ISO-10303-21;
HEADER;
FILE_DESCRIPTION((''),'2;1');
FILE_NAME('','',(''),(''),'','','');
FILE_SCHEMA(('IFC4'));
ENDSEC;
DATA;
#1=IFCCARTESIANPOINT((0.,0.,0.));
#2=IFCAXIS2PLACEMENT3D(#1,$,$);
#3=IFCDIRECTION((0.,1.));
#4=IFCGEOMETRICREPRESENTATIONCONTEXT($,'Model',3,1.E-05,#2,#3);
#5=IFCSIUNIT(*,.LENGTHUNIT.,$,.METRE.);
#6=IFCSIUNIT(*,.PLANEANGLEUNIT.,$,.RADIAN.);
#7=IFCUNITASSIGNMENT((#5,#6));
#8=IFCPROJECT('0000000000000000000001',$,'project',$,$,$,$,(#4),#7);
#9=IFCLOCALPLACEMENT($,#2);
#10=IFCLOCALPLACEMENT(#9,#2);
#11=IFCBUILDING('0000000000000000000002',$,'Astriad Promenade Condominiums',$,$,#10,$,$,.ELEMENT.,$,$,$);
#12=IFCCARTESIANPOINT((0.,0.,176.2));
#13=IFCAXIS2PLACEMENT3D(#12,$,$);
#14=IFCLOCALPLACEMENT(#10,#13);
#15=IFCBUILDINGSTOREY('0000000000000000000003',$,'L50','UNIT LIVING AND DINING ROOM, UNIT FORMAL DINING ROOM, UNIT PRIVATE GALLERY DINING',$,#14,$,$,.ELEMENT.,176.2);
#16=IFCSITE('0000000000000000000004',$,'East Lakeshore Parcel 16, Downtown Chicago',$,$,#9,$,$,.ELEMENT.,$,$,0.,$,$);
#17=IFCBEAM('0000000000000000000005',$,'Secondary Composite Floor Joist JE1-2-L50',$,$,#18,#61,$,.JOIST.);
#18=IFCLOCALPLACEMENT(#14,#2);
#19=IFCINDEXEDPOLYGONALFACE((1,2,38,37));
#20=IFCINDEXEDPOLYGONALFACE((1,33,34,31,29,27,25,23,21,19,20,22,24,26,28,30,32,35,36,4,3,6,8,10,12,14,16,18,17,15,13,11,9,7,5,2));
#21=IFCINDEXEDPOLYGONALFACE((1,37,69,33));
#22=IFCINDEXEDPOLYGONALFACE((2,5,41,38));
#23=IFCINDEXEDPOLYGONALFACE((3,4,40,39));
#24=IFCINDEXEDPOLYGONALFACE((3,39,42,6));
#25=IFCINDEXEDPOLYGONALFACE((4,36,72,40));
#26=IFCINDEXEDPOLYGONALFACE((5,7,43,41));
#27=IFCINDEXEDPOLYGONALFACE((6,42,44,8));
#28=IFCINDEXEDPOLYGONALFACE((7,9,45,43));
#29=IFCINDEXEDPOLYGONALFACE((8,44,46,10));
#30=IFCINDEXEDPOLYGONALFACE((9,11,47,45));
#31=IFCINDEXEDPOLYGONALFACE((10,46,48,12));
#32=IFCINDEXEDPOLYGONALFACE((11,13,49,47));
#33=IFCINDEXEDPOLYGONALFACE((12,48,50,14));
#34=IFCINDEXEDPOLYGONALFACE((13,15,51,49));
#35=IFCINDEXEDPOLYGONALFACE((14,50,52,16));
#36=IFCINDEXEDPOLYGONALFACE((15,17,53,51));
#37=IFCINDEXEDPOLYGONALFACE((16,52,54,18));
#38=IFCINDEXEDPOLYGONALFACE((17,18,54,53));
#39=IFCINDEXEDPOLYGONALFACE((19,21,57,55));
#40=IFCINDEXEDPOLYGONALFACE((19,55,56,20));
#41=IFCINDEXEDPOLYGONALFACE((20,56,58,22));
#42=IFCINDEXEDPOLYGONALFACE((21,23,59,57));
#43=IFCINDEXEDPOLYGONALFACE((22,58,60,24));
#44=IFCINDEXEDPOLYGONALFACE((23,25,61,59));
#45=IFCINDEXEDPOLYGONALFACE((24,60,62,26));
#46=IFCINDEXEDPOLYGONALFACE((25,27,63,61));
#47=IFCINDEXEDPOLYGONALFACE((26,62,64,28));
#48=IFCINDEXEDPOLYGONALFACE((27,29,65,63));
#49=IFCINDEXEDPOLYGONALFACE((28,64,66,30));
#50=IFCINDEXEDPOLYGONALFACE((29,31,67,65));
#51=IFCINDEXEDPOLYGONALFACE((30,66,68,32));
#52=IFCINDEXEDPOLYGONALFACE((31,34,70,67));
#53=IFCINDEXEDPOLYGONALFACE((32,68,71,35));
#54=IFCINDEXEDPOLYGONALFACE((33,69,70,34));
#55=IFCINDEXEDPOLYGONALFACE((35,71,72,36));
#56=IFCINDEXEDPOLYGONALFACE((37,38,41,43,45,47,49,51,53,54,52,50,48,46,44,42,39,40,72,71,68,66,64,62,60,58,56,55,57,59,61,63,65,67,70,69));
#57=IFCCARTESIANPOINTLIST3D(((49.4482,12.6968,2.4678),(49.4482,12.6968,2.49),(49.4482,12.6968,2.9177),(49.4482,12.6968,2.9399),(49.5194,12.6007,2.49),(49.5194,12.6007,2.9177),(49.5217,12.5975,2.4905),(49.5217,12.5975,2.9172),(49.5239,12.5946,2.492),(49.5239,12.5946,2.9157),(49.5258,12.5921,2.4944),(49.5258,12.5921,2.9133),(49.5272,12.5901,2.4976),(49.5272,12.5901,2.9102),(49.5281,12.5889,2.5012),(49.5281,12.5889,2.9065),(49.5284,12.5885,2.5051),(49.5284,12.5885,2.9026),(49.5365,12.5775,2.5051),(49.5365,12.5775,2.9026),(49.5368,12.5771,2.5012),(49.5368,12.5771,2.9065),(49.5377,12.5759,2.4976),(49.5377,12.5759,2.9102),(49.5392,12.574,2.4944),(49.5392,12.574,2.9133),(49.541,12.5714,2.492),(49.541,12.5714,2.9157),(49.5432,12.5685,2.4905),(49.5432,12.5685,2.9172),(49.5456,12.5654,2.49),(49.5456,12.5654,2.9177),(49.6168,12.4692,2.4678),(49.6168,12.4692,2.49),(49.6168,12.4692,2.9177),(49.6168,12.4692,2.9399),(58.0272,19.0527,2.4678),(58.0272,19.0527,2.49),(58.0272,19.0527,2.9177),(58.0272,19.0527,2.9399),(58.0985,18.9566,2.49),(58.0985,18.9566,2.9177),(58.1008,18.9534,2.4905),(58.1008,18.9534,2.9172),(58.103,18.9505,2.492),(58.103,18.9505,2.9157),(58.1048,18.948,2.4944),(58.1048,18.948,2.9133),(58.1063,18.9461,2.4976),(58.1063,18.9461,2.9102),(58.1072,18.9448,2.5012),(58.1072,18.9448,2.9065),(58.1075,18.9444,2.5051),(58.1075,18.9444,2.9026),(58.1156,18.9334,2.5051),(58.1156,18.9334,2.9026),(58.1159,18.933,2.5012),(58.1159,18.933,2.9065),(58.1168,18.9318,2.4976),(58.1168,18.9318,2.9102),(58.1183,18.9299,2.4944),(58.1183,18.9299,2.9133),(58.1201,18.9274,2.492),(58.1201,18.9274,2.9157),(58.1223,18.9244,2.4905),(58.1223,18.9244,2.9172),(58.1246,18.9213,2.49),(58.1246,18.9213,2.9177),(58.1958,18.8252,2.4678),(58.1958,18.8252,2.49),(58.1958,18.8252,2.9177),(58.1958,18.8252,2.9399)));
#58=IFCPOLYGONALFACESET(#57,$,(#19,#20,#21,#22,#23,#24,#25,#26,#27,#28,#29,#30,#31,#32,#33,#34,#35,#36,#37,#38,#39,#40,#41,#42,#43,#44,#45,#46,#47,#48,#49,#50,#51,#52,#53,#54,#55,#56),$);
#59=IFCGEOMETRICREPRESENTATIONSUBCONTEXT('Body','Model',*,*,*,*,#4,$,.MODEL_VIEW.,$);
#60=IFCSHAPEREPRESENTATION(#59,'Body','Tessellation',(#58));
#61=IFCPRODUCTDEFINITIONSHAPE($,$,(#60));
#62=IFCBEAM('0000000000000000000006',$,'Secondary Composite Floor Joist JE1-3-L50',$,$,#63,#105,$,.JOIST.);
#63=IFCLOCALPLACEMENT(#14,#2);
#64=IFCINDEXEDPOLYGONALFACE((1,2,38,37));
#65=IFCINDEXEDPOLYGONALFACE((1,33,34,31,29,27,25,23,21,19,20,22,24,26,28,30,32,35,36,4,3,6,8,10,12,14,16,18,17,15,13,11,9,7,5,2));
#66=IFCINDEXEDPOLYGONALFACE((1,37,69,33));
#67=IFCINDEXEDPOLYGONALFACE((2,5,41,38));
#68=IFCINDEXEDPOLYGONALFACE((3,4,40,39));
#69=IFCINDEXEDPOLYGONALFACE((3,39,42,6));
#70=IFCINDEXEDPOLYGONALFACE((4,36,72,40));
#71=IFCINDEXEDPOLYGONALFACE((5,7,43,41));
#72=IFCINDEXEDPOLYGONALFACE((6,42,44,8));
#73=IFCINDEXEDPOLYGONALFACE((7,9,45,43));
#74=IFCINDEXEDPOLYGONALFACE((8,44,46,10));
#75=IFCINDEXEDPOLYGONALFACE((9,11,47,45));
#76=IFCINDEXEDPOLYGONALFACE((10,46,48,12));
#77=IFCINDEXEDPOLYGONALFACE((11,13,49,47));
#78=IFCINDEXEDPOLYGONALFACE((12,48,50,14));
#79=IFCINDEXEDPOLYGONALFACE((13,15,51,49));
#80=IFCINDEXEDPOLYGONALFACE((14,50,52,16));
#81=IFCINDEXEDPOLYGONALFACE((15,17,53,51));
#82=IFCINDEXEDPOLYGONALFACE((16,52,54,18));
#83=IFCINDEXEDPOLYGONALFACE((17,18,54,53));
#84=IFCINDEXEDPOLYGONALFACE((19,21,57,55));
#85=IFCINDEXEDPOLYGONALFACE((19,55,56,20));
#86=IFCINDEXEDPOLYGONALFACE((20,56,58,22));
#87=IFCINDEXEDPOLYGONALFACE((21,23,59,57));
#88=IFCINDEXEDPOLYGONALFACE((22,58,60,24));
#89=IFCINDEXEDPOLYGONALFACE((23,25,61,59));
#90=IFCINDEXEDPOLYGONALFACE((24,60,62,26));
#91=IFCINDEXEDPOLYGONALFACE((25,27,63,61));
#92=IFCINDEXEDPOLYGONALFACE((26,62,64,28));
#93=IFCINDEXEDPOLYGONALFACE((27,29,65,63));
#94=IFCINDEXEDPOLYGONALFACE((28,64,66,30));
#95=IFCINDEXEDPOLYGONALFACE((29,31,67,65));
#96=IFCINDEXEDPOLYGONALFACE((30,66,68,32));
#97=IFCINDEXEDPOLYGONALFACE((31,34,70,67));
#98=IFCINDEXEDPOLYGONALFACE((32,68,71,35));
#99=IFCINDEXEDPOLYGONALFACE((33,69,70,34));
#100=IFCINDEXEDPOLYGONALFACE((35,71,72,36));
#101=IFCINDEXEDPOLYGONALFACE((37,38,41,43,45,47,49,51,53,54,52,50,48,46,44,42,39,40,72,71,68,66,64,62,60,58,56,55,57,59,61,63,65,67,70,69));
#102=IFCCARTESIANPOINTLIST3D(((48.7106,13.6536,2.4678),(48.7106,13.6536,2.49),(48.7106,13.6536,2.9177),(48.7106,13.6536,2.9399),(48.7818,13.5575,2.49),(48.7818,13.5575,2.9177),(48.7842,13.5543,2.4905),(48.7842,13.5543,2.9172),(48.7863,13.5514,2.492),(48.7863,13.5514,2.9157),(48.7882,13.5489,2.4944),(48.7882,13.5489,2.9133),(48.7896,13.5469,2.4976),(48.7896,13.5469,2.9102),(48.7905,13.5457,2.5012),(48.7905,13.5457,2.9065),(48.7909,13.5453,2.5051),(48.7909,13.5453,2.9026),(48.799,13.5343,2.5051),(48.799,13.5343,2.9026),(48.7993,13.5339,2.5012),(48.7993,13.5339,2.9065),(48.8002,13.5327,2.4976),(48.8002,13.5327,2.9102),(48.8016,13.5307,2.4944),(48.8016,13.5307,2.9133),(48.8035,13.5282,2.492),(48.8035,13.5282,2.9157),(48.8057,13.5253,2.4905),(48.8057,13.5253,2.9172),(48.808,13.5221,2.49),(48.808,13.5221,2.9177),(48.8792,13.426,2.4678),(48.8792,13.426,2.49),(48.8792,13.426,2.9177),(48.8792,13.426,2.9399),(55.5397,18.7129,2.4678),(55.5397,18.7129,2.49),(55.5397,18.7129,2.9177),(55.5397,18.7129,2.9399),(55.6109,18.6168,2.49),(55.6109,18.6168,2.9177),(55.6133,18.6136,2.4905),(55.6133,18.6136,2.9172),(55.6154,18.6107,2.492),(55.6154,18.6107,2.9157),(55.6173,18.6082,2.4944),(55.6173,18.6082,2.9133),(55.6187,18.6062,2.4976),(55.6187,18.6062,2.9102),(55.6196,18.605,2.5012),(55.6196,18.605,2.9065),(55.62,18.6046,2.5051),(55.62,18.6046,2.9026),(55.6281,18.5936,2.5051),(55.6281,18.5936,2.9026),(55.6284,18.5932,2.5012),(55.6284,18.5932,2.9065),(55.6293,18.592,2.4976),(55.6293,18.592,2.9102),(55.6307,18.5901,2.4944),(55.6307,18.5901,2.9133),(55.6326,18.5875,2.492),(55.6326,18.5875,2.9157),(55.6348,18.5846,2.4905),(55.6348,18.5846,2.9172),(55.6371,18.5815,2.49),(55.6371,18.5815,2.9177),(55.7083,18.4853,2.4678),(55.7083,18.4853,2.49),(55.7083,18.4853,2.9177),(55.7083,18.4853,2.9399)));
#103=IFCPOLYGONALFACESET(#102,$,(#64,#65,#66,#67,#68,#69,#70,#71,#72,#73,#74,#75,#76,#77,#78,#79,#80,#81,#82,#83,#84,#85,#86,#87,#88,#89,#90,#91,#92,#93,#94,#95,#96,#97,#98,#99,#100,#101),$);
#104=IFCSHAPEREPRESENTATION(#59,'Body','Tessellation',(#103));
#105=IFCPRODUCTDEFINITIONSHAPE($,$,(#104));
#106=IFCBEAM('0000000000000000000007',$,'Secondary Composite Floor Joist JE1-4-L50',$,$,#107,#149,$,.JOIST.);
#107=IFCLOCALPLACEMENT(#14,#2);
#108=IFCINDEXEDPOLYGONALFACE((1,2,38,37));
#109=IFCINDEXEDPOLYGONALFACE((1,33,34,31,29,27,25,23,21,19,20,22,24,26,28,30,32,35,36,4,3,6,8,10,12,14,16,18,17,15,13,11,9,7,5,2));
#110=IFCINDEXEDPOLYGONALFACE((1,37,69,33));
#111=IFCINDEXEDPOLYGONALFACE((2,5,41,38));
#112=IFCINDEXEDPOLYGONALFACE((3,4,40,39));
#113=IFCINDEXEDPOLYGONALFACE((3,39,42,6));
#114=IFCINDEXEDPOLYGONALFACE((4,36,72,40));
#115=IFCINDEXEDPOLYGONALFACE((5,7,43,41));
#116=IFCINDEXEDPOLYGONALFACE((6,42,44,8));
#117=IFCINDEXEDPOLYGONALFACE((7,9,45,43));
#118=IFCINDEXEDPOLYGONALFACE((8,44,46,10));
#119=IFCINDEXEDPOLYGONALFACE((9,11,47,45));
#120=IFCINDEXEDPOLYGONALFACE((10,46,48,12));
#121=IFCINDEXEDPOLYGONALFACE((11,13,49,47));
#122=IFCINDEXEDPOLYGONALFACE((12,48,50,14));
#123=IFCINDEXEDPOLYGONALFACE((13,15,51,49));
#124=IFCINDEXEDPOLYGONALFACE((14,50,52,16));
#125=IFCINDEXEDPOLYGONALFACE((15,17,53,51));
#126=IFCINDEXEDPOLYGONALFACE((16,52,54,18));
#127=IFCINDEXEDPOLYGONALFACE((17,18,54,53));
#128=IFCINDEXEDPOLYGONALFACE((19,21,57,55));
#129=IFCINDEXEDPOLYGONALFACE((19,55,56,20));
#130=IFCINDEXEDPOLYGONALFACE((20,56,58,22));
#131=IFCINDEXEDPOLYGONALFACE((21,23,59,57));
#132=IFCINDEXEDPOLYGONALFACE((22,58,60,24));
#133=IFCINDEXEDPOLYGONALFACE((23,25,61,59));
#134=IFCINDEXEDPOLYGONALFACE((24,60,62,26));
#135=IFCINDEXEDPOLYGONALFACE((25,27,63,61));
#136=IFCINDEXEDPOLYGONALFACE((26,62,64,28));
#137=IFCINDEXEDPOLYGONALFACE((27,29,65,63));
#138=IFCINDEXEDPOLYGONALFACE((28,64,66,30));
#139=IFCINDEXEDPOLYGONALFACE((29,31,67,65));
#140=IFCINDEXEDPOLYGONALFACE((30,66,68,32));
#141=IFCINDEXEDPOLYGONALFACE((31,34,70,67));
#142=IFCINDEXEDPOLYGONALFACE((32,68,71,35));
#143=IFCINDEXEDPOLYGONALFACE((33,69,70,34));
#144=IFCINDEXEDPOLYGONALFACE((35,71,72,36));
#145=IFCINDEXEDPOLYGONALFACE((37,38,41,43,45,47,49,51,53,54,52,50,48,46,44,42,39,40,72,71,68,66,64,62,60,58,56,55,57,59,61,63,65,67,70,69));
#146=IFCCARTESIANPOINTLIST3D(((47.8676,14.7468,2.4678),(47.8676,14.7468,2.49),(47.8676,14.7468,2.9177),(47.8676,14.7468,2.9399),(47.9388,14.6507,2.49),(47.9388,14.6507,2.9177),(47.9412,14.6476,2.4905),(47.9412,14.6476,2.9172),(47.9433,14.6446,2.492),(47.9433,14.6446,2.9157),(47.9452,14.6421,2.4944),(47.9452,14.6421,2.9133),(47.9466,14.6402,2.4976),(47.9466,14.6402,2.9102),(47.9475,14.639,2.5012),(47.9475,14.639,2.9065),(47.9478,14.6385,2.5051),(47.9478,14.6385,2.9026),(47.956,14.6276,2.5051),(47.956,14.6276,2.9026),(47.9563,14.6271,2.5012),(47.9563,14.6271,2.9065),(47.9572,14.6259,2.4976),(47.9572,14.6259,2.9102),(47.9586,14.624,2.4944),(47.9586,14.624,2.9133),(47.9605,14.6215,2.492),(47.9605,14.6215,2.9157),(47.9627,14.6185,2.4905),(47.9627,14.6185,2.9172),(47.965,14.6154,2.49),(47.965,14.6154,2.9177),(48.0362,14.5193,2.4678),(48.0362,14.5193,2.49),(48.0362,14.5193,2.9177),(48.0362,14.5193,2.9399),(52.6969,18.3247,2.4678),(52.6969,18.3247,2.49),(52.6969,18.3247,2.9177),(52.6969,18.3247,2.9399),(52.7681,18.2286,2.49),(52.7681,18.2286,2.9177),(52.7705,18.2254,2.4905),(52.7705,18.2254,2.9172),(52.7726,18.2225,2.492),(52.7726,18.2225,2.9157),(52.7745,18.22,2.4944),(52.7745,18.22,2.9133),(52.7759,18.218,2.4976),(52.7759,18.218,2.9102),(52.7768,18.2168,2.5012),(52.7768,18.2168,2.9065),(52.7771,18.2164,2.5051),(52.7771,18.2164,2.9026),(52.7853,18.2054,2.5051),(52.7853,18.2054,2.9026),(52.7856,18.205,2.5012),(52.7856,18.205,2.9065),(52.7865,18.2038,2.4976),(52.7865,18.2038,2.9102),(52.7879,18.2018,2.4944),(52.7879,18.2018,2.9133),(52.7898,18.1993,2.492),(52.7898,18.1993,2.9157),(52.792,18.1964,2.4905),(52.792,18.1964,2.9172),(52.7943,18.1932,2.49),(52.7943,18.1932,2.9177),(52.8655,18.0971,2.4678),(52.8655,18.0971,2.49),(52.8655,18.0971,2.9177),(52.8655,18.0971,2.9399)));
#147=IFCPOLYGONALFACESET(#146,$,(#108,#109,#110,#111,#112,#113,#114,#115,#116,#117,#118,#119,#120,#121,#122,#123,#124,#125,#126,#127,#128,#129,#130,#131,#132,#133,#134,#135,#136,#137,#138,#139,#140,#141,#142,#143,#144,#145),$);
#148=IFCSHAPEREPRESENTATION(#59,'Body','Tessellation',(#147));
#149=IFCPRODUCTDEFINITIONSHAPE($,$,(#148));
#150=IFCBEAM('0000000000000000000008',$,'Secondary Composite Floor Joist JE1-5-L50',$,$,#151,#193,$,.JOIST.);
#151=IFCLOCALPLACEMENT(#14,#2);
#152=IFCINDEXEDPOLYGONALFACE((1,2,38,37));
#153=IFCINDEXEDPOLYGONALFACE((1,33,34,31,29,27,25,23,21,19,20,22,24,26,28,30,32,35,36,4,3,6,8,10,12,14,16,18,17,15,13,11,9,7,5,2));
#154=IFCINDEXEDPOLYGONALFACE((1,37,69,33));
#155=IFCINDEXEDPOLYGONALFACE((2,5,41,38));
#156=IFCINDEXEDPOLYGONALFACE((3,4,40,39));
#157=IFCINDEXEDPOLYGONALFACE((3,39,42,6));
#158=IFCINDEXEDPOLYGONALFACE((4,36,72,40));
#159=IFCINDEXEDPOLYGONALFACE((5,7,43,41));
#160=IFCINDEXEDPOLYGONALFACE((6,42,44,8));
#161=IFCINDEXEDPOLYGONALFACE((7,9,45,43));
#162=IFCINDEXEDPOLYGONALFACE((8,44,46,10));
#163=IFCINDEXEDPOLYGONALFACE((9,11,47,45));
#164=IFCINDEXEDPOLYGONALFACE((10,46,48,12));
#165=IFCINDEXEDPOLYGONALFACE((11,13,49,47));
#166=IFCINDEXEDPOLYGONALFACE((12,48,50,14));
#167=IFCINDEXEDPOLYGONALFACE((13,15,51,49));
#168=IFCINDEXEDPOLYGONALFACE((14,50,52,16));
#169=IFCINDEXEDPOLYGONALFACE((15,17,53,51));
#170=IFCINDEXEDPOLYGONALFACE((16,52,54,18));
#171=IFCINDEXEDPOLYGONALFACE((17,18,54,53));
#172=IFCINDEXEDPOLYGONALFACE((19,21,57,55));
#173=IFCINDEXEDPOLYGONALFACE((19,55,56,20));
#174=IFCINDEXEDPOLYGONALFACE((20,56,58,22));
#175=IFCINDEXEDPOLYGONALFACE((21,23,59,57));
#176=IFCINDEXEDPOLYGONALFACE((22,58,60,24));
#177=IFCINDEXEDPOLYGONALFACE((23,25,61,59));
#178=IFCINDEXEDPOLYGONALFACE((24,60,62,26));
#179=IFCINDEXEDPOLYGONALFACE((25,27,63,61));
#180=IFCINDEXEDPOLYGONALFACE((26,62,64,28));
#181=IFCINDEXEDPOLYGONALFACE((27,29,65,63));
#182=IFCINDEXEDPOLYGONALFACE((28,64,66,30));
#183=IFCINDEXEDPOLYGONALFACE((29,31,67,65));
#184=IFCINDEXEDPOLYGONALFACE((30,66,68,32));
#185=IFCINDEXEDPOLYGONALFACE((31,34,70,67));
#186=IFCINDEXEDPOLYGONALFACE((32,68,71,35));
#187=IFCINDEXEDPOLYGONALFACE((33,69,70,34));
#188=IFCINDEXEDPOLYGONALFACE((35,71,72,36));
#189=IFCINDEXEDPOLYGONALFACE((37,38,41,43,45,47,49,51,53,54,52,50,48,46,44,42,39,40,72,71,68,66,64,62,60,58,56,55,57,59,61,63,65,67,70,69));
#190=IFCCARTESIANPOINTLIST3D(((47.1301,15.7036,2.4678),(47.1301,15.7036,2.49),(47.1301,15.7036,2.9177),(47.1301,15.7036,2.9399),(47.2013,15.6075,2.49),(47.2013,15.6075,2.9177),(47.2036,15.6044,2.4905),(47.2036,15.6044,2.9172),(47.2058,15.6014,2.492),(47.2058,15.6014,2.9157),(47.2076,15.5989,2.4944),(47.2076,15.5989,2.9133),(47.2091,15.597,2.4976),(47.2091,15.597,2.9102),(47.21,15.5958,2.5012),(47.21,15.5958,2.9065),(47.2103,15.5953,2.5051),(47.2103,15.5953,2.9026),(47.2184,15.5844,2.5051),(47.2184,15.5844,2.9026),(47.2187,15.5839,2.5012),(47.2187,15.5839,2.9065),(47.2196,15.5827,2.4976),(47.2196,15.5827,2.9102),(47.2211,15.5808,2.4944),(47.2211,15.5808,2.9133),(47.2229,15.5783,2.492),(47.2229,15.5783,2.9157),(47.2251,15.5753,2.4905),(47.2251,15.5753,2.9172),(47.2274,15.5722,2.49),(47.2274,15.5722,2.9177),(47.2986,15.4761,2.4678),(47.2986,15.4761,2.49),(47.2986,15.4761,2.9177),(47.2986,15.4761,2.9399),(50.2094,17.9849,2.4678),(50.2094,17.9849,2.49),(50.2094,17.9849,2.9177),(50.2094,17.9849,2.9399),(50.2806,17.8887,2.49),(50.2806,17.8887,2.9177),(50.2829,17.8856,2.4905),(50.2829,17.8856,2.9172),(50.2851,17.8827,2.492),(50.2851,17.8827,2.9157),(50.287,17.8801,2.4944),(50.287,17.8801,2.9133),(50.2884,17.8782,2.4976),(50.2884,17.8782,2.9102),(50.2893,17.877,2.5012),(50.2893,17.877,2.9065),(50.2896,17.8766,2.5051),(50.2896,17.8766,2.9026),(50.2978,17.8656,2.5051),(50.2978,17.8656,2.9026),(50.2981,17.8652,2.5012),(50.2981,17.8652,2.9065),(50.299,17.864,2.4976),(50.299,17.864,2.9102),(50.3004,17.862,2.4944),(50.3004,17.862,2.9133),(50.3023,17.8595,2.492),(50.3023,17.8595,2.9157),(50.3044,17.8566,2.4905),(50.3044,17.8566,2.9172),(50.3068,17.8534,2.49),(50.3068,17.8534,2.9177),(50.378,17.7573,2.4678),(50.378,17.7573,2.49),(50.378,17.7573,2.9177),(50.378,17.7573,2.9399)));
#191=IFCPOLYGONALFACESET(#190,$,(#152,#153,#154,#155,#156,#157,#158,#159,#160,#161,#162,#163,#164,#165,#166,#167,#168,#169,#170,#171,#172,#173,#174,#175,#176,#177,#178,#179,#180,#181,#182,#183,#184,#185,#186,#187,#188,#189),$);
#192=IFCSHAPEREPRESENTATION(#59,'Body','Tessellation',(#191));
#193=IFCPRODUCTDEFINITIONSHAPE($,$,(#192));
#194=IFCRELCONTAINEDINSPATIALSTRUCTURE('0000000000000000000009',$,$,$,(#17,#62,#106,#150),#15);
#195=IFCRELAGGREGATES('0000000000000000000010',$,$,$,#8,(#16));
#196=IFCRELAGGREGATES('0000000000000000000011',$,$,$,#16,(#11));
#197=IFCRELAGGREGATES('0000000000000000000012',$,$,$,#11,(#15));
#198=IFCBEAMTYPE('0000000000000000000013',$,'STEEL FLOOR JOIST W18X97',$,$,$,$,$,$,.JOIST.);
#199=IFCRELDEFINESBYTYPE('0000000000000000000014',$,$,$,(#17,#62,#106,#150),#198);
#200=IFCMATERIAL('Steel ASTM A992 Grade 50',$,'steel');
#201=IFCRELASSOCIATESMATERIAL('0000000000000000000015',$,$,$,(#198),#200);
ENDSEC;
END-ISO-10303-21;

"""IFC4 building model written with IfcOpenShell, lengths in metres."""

from ifc_helpers import new_model, si_unit, direction, frame, origin, origin_2d, place, context, subcontext, project, spatial, i_section, extrude, source, transform, mapped, material, material_profile, profile_set, type_object, element, save


model = new_model("IFC4")

# Units and contexts
model_context = context("Model", 3, precision=1e-05, world=origin(), true_north=direction((0.0, 1.0)))
body_context = subcontext(model_context, "Body", "Model", "MODEL_VIEW")
ifc_project = project(units=[si_unit("LENGTHUNIT", "METRE"), si_unit("PLANEANGLEUNIT", "RADIAN")], contexts=[model_context])

# Site, building, storey
site_placement = place(None, origin())
site = spatial("IfcSite", under=ifc_project, at=site_placement, Name="East Lakeshore Parcel 16, Downtown Chicago", CompositionType="ELEMENT", RefElevation=0.0)
building_placement = place(site_placement, origin())
building = spatial("IfcBuilding", under=site, at=building_placement, Name="Astriad Promenade Condominiums", CompositionType="ELEMENT")
storey_placement = place(building_placement, frame((0.0, 0.0, 176.2)))
storey = spatial("IfcBuildingStorey", under=building, at=storey_placement, Name="L50", Description="UNIT LIVING AND DINING ROOM, UNIT FORMAL DINING ROOM, UNIT PRIVATE GALLERY DINING", CompositionType="ELEMENT", Elevation=176.2)

# Beams
ifc_material_1 = material(Name="Steel ASTM A992 Grade 50", Category="steel")
ifc_material_profile_1 = material_profile(ifc_material_1, i_section(OverallWidth=0.2832, OverallDepth=0.4722, WebThickness=0.0137, FlangeThickness=0.0222, FilletRadius=0.0151, at=origin_2d()), Name="W18X97")
ifc_profile_set_1 = profile_set([ifc_material_profile_1], Name="Steel ASTM A992 Grade 50")
beam_type_1 = type_object("IfcBeamType", Name="STEEL FLOOR JOIST W18X97", PredefinedType="JOIST", material=ifc_profile_set_1)
shared_shape_1 = source(origin(), body_context, "Body", "SweptSolid", [
    extrude(i_section(OverallWidth=0.2832, OverallDepth=0.4722, WebThickness=0.0137, FlangeThickness=0.0222, FilletRadius=0.0151, at=origin_2d()), origin(), (0.0, 0.0, 1.0), 10.677),
])
beam_1_placement = place(storey_placement, frame((49.5325, 12.583, 2.7039), z_axis=(0.803509, 0.595292, 0.0), x_axis=(-0.595292, 0.803509, 0.0)))
element("IfcBeam", 1, at=beam_1_placement, inside=storey, type_object=beam_type_1, Name="Secondary Composite Floor Joist JE1-2-L50", PredefinedType="JOIST", context=body_context, shape_type="MappedRepresentation", body=[
    mapped(shared_shape_1, transform((0.0, 0.0, 0.0), scale=1.0)),
])
shared_shape_2 = source(origin(), body_context, "Body", "SweptSolid", [
    extrude(i_section(OverallWidth=0.2832, OverallDepth=0.4722, WebThickness=0.0137, FlangeThickness=0.0222, FilletRadius=0.0151, at=origin_2d()), origin(), (0.0, 0.0, 1.0), 8.499),
])
beam_2_placement = place(storey_placement, frame((48.7949, 13.5398, 2.7039), z_axis=(0.803516, 0.595283, 0.0), x_axis=(-0.595283, 0.803516, 0.0)))
element("IfcBeam", 2, at=beam_2_placement, inside=storey, type_object=beam_type_1, Name="Secondary Composite Floor Joist JE1-3-L50", PredefinedType="JOIST", context=body_context, shape_type="MappedRepresentation", body=[
    mapped(shared_shape_2, transform((0.0, 0.0, 0.0), scale=1.0)),
])
shared_shape_3 = source(origin(), body_context, "Body", "SweptSolid", [
    extrude(i_section(OverallWidth=0.2832, OverallDepth=0.4722, WebThickness=0.0137, FlangeThickness=0.0222, FilletRadius=0.0151, at=origin_2d()), origin(), (0.0, 0.0, 1.0), 6.0103),
])
beam_3_placement = place(storey_placement, frame((47.9519, 14.6331, 2.7039), z_axis=(0.80351, 0.595291, 0.0), x_axis=(-0.595291, 0.80351, 0.0)))
element("IfcBeam", 3, at=beam_3_placement, inside=storey, type_object=beam_type_1, Name="Secondary Composite Floor Joist JE1-4-L50", PredefinedType="JOIST", context=body_context, shape_type="MappedRepresentation", body=[
    mapped(shared_shape_3, transform((0.0, 0.0, 0.0), scale=1.0)),
])
shared_shape_4 = source(origin(), body_context, "Body", "SweptSolid", [
    extrude(i_section(OverallWidth=0.2832, OverallDepth=0.4722, WebThickness=0.0137, FlangeThickness=0.0222, FilletRadius=0.0151, at=origin_2d()), origin(), (0.0, 0.0, 1.0), 3.8323),
])
beam_4_placement = place(storey_placement, frame((47.2144, 15.5898, 2.7039), z_axis=(0.803526, 0.59527, 0.0), x_axis=(-0.59527, 0.803526, 0.0)))
element("IfcBeam", 4, at=beam_4_placement, inside=storey, type_object=beam_type_1, Name="Secondary Composite Floor Joist JE1-5-L50", PredefinedType="JOIST", context=body_context, shape_type="MappedRepresentation", body=[
    mapped(shared_shape_4, transform((0.0, 0.0, 0.0), scale=1.0)),
])

save(model, "model.ifc")
